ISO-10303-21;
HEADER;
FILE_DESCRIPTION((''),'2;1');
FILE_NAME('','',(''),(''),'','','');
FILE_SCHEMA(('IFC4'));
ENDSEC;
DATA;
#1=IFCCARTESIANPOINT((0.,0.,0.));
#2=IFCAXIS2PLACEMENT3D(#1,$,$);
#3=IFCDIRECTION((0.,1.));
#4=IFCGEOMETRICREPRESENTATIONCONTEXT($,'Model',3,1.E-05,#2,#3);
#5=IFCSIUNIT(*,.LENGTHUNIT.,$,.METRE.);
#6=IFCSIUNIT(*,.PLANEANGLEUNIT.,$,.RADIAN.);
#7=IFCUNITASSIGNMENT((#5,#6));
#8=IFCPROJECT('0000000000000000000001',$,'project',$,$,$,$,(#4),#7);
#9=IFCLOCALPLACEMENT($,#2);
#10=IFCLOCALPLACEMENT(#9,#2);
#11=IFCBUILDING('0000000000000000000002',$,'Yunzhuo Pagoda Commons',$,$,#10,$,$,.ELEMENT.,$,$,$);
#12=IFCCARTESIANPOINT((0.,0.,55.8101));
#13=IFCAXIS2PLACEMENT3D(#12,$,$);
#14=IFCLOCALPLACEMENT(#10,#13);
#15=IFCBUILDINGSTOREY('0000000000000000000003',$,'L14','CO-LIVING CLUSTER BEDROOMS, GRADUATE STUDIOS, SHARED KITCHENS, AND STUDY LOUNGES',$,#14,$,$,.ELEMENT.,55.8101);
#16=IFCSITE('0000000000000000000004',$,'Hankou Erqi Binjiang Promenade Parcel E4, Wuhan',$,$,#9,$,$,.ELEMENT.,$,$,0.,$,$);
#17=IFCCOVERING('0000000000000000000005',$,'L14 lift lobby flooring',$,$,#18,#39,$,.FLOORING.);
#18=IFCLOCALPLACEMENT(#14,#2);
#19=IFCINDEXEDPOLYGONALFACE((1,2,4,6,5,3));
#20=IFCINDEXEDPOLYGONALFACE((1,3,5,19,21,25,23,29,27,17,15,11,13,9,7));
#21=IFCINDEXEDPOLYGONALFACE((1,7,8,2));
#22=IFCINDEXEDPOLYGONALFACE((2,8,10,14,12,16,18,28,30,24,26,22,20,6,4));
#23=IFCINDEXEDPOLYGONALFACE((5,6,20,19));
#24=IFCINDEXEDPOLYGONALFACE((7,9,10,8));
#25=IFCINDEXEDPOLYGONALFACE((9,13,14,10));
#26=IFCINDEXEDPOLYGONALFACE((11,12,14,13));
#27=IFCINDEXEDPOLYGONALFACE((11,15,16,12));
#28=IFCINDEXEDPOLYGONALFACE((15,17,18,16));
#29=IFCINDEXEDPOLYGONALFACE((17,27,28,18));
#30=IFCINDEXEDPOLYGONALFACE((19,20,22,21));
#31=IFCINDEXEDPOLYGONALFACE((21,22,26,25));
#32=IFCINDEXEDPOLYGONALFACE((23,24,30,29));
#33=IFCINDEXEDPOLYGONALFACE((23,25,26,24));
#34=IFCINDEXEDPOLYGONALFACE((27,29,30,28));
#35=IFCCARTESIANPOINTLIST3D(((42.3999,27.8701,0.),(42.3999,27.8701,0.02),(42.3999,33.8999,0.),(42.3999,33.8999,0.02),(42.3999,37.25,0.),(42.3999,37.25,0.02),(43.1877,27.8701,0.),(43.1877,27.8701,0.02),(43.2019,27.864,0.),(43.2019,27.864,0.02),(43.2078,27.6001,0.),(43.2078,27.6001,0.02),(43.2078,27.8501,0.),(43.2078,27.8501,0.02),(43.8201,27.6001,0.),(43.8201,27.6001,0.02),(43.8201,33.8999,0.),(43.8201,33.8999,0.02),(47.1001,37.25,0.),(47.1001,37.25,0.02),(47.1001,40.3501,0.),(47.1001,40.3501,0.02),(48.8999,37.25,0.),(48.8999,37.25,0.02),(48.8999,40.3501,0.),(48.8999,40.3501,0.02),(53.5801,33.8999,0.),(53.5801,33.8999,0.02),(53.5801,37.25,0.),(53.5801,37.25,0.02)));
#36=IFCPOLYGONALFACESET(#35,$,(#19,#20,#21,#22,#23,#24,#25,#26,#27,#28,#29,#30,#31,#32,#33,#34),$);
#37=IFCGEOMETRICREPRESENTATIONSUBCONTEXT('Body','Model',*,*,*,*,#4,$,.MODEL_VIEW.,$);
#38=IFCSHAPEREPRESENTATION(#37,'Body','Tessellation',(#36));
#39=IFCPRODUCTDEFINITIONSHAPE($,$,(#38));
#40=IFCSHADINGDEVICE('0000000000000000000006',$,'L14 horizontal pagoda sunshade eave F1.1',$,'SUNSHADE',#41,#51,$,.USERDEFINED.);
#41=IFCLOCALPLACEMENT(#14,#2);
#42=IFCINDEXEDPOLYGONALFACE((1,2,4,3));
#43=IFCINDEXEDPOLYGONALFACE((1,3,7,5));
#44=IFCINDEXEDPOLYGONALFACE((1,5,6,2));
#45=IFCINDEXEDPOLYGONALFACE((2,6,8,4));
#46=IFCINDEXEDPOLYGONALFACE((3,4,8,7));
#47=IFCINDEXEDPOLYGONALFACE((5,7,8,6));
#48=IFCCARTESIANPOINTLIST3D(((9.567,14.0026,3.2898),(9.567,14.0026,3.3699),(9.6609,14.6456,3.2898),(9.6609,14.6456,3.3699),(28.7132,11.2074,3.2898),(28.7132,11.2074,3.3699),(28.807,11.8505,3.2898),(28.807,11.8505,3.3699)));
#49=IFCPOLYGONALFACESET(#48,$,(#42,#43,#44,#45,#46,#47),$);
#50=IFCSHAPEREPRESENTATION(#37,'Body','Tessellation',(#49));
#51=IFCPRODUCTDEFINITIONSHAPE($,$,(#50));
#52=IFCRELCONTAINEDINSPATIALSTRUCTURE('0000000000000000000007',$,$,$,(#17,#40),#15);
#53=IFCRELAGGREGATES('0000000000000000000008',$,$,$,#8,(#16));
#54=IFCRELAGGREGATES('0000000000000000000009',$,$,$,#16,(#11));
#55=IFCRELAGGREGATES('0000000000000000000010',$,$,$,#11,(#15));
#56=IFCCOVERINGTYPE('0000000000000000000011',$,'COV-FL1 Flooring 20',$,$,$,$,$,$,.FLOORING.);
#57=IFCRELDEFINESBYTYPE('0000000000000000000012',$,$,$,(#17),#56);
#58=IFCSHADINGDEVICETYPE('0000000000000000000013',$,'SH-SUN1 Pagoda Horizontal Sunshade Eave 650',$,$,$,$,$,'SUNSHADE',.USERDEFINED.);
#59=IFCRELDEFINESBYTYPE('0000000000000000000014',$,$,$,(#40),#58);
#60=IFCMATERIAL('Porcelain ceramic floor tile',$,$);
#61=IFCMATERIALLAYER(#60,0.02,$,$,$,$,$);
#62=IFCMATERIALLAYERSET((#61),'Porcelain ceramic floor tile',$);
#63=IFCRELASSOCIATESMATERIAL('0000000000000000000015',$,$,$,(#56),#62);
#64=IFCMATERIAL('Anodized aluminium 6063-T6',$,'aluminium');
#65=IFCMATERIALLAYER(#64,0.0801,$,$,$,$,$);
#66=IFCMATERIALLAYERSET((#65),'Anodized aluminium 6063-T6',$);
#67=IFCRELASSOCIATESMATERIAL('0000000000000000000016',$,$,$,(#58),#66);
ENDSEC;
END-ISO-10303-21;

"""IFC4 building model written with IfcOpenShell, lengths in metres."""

from ifc_helpers import new_model, si_unit, direction, frame, origin, origin_2d, place, context, subcontext, project, spatial, polyline, rectangle, outline, extrude, source, transform, mapped, material, layer, layer_set, type_object, element, save


model = new_model("IFC4")

# Units and contexts
model_context = context("Model", 3, precision=1e-05, world=origin(), true_north=direction((0.0, 1.0)))
body_context = subcontext(model_context, "Body", "Model", "MODEL_VIEW")
ifc_project = project(units=[si_unit("LENGTHUNIT", "METRE"), si_unit("PLANEANGLEUNIT", "RADIAN")], contexts=[model_context])

# Site, building, storey
site_placement = place(None, origin())
site = spatial("IfcSite", under=ifc_project, at=site_placement, Name="Hankou Erqi Binjiang Promenade Parcel E4, Wuhan", CompositionType="ELEMENT", RefElevation=0.0)
building_placement = place(site_placement, origin())
building = spatial("IfcBuilding", under=site, at=building_placement, Name="Yunzhuo Pagoda Commons", CompositionType="ELEMENT")
storey_placement = place(building_placement, frame((0.0, 0.0, 55.8101)))
storey = spatial("IfcBuildingStorey", under=building, at=storey_placement, Name="L14", Description="CO-LIVING CLUSTER BEDROOMS, GRADUATE STUDIOS, SHARED KITCHENS, AND STUDY LOUNGES", CompositionType="ELEMENT", Elevation=55.8101)

# Shared definitions
ifc_material_1 = material(Name="Anodized aluminium 6063-T6", Category="aluminium")

# Covering
ifc_material_2 = material(Name="Porcelain ceramic floor tile")
ifc_layer_1 = layer(ifc_material_2, 0.02)
ifc_layer_set_1 = layer_set([ifc_layer_1], Name="Porcelain ceramic floor tile")
covering_type_1 = type_object("IfcCoveringType", Name="COV-FL1 Flooring 20", PredefinedType="FLOORING", material=ifc_layer_set_1)
covering_1_placement = place(storey_placement, origin())
element("IfcCovering", 1, at=covering_1_placement, inside=storey, type_object=covering_type_1, Name="L14 lift lobby flooring", PredefinedType="FLOORING", context=body_context, shape_type="SweptSolid", body=[
    extrude(outline(polyline([(43.2078, 27.8501), (43.2019, 27.864), (43.1877, 27.8701), (42.3999, 27.8701), (42.3999, 33.8999), (42.3999, 37.25), (47.1001, 37.25), (47.1001, 40.3501), (48.8999, 40.3501), (48.8999, 37.25), (53.5801, 37.25), (53.5801, 33.8999), (43.8201, 33.8999), (43.8201, 27.6001), (43.2078, 27.6001), (43.2078, 27.8501)])), origin(), (0.0, 0.0, 1.0), 0.02),
])

# Shading device
ifc_layer_2 = layer(ifc_material_1, 0.0801)
ifc_layer_set_2 = layer_set([ifc_layer_2], Name="Anodized aluminium 6063-T6")
shading_device_type = type_object("IfcShadingDeviceType", Name="SH-SUN1 Pagoda Horizontal Sunshade Eave 650", ElementType="SUNSHADE", PredefinedType="USERDEFINED", material=ifc_layer_set_2)
shared_shape_1 = source(origin(), body_context, "Body", "SweptSolid", [
    extrude(rectangle(XDim=19.3491, YDim=0.6499, at=origin_2d()), origin(), (0.0, 0.0, 1.0), 0.0801),
])
shading_device_placement = place(storey_placement, frame((19.187, 12.9265, 3.2898), z_axis=(0.0, 0.0, 1.0), x_axis=(0.989511, -0.14446, 0.0)))
element("IfcShadingDevice", 2, at=shading_device_placement, inside=storey, type_object=shading_device_type, Name="L14 horizontal pagoda sunshade eave F1.1", ObjectType="SUNSHADE", PredefinedType="USERDEFINED", context=body_context, shape_type="MappedRepresentation", body=[
    mapped(shared_shape_1, transform((0.0, 0.0, 0.0), scale=1.0)),
])

save(model, "model.ifc")
